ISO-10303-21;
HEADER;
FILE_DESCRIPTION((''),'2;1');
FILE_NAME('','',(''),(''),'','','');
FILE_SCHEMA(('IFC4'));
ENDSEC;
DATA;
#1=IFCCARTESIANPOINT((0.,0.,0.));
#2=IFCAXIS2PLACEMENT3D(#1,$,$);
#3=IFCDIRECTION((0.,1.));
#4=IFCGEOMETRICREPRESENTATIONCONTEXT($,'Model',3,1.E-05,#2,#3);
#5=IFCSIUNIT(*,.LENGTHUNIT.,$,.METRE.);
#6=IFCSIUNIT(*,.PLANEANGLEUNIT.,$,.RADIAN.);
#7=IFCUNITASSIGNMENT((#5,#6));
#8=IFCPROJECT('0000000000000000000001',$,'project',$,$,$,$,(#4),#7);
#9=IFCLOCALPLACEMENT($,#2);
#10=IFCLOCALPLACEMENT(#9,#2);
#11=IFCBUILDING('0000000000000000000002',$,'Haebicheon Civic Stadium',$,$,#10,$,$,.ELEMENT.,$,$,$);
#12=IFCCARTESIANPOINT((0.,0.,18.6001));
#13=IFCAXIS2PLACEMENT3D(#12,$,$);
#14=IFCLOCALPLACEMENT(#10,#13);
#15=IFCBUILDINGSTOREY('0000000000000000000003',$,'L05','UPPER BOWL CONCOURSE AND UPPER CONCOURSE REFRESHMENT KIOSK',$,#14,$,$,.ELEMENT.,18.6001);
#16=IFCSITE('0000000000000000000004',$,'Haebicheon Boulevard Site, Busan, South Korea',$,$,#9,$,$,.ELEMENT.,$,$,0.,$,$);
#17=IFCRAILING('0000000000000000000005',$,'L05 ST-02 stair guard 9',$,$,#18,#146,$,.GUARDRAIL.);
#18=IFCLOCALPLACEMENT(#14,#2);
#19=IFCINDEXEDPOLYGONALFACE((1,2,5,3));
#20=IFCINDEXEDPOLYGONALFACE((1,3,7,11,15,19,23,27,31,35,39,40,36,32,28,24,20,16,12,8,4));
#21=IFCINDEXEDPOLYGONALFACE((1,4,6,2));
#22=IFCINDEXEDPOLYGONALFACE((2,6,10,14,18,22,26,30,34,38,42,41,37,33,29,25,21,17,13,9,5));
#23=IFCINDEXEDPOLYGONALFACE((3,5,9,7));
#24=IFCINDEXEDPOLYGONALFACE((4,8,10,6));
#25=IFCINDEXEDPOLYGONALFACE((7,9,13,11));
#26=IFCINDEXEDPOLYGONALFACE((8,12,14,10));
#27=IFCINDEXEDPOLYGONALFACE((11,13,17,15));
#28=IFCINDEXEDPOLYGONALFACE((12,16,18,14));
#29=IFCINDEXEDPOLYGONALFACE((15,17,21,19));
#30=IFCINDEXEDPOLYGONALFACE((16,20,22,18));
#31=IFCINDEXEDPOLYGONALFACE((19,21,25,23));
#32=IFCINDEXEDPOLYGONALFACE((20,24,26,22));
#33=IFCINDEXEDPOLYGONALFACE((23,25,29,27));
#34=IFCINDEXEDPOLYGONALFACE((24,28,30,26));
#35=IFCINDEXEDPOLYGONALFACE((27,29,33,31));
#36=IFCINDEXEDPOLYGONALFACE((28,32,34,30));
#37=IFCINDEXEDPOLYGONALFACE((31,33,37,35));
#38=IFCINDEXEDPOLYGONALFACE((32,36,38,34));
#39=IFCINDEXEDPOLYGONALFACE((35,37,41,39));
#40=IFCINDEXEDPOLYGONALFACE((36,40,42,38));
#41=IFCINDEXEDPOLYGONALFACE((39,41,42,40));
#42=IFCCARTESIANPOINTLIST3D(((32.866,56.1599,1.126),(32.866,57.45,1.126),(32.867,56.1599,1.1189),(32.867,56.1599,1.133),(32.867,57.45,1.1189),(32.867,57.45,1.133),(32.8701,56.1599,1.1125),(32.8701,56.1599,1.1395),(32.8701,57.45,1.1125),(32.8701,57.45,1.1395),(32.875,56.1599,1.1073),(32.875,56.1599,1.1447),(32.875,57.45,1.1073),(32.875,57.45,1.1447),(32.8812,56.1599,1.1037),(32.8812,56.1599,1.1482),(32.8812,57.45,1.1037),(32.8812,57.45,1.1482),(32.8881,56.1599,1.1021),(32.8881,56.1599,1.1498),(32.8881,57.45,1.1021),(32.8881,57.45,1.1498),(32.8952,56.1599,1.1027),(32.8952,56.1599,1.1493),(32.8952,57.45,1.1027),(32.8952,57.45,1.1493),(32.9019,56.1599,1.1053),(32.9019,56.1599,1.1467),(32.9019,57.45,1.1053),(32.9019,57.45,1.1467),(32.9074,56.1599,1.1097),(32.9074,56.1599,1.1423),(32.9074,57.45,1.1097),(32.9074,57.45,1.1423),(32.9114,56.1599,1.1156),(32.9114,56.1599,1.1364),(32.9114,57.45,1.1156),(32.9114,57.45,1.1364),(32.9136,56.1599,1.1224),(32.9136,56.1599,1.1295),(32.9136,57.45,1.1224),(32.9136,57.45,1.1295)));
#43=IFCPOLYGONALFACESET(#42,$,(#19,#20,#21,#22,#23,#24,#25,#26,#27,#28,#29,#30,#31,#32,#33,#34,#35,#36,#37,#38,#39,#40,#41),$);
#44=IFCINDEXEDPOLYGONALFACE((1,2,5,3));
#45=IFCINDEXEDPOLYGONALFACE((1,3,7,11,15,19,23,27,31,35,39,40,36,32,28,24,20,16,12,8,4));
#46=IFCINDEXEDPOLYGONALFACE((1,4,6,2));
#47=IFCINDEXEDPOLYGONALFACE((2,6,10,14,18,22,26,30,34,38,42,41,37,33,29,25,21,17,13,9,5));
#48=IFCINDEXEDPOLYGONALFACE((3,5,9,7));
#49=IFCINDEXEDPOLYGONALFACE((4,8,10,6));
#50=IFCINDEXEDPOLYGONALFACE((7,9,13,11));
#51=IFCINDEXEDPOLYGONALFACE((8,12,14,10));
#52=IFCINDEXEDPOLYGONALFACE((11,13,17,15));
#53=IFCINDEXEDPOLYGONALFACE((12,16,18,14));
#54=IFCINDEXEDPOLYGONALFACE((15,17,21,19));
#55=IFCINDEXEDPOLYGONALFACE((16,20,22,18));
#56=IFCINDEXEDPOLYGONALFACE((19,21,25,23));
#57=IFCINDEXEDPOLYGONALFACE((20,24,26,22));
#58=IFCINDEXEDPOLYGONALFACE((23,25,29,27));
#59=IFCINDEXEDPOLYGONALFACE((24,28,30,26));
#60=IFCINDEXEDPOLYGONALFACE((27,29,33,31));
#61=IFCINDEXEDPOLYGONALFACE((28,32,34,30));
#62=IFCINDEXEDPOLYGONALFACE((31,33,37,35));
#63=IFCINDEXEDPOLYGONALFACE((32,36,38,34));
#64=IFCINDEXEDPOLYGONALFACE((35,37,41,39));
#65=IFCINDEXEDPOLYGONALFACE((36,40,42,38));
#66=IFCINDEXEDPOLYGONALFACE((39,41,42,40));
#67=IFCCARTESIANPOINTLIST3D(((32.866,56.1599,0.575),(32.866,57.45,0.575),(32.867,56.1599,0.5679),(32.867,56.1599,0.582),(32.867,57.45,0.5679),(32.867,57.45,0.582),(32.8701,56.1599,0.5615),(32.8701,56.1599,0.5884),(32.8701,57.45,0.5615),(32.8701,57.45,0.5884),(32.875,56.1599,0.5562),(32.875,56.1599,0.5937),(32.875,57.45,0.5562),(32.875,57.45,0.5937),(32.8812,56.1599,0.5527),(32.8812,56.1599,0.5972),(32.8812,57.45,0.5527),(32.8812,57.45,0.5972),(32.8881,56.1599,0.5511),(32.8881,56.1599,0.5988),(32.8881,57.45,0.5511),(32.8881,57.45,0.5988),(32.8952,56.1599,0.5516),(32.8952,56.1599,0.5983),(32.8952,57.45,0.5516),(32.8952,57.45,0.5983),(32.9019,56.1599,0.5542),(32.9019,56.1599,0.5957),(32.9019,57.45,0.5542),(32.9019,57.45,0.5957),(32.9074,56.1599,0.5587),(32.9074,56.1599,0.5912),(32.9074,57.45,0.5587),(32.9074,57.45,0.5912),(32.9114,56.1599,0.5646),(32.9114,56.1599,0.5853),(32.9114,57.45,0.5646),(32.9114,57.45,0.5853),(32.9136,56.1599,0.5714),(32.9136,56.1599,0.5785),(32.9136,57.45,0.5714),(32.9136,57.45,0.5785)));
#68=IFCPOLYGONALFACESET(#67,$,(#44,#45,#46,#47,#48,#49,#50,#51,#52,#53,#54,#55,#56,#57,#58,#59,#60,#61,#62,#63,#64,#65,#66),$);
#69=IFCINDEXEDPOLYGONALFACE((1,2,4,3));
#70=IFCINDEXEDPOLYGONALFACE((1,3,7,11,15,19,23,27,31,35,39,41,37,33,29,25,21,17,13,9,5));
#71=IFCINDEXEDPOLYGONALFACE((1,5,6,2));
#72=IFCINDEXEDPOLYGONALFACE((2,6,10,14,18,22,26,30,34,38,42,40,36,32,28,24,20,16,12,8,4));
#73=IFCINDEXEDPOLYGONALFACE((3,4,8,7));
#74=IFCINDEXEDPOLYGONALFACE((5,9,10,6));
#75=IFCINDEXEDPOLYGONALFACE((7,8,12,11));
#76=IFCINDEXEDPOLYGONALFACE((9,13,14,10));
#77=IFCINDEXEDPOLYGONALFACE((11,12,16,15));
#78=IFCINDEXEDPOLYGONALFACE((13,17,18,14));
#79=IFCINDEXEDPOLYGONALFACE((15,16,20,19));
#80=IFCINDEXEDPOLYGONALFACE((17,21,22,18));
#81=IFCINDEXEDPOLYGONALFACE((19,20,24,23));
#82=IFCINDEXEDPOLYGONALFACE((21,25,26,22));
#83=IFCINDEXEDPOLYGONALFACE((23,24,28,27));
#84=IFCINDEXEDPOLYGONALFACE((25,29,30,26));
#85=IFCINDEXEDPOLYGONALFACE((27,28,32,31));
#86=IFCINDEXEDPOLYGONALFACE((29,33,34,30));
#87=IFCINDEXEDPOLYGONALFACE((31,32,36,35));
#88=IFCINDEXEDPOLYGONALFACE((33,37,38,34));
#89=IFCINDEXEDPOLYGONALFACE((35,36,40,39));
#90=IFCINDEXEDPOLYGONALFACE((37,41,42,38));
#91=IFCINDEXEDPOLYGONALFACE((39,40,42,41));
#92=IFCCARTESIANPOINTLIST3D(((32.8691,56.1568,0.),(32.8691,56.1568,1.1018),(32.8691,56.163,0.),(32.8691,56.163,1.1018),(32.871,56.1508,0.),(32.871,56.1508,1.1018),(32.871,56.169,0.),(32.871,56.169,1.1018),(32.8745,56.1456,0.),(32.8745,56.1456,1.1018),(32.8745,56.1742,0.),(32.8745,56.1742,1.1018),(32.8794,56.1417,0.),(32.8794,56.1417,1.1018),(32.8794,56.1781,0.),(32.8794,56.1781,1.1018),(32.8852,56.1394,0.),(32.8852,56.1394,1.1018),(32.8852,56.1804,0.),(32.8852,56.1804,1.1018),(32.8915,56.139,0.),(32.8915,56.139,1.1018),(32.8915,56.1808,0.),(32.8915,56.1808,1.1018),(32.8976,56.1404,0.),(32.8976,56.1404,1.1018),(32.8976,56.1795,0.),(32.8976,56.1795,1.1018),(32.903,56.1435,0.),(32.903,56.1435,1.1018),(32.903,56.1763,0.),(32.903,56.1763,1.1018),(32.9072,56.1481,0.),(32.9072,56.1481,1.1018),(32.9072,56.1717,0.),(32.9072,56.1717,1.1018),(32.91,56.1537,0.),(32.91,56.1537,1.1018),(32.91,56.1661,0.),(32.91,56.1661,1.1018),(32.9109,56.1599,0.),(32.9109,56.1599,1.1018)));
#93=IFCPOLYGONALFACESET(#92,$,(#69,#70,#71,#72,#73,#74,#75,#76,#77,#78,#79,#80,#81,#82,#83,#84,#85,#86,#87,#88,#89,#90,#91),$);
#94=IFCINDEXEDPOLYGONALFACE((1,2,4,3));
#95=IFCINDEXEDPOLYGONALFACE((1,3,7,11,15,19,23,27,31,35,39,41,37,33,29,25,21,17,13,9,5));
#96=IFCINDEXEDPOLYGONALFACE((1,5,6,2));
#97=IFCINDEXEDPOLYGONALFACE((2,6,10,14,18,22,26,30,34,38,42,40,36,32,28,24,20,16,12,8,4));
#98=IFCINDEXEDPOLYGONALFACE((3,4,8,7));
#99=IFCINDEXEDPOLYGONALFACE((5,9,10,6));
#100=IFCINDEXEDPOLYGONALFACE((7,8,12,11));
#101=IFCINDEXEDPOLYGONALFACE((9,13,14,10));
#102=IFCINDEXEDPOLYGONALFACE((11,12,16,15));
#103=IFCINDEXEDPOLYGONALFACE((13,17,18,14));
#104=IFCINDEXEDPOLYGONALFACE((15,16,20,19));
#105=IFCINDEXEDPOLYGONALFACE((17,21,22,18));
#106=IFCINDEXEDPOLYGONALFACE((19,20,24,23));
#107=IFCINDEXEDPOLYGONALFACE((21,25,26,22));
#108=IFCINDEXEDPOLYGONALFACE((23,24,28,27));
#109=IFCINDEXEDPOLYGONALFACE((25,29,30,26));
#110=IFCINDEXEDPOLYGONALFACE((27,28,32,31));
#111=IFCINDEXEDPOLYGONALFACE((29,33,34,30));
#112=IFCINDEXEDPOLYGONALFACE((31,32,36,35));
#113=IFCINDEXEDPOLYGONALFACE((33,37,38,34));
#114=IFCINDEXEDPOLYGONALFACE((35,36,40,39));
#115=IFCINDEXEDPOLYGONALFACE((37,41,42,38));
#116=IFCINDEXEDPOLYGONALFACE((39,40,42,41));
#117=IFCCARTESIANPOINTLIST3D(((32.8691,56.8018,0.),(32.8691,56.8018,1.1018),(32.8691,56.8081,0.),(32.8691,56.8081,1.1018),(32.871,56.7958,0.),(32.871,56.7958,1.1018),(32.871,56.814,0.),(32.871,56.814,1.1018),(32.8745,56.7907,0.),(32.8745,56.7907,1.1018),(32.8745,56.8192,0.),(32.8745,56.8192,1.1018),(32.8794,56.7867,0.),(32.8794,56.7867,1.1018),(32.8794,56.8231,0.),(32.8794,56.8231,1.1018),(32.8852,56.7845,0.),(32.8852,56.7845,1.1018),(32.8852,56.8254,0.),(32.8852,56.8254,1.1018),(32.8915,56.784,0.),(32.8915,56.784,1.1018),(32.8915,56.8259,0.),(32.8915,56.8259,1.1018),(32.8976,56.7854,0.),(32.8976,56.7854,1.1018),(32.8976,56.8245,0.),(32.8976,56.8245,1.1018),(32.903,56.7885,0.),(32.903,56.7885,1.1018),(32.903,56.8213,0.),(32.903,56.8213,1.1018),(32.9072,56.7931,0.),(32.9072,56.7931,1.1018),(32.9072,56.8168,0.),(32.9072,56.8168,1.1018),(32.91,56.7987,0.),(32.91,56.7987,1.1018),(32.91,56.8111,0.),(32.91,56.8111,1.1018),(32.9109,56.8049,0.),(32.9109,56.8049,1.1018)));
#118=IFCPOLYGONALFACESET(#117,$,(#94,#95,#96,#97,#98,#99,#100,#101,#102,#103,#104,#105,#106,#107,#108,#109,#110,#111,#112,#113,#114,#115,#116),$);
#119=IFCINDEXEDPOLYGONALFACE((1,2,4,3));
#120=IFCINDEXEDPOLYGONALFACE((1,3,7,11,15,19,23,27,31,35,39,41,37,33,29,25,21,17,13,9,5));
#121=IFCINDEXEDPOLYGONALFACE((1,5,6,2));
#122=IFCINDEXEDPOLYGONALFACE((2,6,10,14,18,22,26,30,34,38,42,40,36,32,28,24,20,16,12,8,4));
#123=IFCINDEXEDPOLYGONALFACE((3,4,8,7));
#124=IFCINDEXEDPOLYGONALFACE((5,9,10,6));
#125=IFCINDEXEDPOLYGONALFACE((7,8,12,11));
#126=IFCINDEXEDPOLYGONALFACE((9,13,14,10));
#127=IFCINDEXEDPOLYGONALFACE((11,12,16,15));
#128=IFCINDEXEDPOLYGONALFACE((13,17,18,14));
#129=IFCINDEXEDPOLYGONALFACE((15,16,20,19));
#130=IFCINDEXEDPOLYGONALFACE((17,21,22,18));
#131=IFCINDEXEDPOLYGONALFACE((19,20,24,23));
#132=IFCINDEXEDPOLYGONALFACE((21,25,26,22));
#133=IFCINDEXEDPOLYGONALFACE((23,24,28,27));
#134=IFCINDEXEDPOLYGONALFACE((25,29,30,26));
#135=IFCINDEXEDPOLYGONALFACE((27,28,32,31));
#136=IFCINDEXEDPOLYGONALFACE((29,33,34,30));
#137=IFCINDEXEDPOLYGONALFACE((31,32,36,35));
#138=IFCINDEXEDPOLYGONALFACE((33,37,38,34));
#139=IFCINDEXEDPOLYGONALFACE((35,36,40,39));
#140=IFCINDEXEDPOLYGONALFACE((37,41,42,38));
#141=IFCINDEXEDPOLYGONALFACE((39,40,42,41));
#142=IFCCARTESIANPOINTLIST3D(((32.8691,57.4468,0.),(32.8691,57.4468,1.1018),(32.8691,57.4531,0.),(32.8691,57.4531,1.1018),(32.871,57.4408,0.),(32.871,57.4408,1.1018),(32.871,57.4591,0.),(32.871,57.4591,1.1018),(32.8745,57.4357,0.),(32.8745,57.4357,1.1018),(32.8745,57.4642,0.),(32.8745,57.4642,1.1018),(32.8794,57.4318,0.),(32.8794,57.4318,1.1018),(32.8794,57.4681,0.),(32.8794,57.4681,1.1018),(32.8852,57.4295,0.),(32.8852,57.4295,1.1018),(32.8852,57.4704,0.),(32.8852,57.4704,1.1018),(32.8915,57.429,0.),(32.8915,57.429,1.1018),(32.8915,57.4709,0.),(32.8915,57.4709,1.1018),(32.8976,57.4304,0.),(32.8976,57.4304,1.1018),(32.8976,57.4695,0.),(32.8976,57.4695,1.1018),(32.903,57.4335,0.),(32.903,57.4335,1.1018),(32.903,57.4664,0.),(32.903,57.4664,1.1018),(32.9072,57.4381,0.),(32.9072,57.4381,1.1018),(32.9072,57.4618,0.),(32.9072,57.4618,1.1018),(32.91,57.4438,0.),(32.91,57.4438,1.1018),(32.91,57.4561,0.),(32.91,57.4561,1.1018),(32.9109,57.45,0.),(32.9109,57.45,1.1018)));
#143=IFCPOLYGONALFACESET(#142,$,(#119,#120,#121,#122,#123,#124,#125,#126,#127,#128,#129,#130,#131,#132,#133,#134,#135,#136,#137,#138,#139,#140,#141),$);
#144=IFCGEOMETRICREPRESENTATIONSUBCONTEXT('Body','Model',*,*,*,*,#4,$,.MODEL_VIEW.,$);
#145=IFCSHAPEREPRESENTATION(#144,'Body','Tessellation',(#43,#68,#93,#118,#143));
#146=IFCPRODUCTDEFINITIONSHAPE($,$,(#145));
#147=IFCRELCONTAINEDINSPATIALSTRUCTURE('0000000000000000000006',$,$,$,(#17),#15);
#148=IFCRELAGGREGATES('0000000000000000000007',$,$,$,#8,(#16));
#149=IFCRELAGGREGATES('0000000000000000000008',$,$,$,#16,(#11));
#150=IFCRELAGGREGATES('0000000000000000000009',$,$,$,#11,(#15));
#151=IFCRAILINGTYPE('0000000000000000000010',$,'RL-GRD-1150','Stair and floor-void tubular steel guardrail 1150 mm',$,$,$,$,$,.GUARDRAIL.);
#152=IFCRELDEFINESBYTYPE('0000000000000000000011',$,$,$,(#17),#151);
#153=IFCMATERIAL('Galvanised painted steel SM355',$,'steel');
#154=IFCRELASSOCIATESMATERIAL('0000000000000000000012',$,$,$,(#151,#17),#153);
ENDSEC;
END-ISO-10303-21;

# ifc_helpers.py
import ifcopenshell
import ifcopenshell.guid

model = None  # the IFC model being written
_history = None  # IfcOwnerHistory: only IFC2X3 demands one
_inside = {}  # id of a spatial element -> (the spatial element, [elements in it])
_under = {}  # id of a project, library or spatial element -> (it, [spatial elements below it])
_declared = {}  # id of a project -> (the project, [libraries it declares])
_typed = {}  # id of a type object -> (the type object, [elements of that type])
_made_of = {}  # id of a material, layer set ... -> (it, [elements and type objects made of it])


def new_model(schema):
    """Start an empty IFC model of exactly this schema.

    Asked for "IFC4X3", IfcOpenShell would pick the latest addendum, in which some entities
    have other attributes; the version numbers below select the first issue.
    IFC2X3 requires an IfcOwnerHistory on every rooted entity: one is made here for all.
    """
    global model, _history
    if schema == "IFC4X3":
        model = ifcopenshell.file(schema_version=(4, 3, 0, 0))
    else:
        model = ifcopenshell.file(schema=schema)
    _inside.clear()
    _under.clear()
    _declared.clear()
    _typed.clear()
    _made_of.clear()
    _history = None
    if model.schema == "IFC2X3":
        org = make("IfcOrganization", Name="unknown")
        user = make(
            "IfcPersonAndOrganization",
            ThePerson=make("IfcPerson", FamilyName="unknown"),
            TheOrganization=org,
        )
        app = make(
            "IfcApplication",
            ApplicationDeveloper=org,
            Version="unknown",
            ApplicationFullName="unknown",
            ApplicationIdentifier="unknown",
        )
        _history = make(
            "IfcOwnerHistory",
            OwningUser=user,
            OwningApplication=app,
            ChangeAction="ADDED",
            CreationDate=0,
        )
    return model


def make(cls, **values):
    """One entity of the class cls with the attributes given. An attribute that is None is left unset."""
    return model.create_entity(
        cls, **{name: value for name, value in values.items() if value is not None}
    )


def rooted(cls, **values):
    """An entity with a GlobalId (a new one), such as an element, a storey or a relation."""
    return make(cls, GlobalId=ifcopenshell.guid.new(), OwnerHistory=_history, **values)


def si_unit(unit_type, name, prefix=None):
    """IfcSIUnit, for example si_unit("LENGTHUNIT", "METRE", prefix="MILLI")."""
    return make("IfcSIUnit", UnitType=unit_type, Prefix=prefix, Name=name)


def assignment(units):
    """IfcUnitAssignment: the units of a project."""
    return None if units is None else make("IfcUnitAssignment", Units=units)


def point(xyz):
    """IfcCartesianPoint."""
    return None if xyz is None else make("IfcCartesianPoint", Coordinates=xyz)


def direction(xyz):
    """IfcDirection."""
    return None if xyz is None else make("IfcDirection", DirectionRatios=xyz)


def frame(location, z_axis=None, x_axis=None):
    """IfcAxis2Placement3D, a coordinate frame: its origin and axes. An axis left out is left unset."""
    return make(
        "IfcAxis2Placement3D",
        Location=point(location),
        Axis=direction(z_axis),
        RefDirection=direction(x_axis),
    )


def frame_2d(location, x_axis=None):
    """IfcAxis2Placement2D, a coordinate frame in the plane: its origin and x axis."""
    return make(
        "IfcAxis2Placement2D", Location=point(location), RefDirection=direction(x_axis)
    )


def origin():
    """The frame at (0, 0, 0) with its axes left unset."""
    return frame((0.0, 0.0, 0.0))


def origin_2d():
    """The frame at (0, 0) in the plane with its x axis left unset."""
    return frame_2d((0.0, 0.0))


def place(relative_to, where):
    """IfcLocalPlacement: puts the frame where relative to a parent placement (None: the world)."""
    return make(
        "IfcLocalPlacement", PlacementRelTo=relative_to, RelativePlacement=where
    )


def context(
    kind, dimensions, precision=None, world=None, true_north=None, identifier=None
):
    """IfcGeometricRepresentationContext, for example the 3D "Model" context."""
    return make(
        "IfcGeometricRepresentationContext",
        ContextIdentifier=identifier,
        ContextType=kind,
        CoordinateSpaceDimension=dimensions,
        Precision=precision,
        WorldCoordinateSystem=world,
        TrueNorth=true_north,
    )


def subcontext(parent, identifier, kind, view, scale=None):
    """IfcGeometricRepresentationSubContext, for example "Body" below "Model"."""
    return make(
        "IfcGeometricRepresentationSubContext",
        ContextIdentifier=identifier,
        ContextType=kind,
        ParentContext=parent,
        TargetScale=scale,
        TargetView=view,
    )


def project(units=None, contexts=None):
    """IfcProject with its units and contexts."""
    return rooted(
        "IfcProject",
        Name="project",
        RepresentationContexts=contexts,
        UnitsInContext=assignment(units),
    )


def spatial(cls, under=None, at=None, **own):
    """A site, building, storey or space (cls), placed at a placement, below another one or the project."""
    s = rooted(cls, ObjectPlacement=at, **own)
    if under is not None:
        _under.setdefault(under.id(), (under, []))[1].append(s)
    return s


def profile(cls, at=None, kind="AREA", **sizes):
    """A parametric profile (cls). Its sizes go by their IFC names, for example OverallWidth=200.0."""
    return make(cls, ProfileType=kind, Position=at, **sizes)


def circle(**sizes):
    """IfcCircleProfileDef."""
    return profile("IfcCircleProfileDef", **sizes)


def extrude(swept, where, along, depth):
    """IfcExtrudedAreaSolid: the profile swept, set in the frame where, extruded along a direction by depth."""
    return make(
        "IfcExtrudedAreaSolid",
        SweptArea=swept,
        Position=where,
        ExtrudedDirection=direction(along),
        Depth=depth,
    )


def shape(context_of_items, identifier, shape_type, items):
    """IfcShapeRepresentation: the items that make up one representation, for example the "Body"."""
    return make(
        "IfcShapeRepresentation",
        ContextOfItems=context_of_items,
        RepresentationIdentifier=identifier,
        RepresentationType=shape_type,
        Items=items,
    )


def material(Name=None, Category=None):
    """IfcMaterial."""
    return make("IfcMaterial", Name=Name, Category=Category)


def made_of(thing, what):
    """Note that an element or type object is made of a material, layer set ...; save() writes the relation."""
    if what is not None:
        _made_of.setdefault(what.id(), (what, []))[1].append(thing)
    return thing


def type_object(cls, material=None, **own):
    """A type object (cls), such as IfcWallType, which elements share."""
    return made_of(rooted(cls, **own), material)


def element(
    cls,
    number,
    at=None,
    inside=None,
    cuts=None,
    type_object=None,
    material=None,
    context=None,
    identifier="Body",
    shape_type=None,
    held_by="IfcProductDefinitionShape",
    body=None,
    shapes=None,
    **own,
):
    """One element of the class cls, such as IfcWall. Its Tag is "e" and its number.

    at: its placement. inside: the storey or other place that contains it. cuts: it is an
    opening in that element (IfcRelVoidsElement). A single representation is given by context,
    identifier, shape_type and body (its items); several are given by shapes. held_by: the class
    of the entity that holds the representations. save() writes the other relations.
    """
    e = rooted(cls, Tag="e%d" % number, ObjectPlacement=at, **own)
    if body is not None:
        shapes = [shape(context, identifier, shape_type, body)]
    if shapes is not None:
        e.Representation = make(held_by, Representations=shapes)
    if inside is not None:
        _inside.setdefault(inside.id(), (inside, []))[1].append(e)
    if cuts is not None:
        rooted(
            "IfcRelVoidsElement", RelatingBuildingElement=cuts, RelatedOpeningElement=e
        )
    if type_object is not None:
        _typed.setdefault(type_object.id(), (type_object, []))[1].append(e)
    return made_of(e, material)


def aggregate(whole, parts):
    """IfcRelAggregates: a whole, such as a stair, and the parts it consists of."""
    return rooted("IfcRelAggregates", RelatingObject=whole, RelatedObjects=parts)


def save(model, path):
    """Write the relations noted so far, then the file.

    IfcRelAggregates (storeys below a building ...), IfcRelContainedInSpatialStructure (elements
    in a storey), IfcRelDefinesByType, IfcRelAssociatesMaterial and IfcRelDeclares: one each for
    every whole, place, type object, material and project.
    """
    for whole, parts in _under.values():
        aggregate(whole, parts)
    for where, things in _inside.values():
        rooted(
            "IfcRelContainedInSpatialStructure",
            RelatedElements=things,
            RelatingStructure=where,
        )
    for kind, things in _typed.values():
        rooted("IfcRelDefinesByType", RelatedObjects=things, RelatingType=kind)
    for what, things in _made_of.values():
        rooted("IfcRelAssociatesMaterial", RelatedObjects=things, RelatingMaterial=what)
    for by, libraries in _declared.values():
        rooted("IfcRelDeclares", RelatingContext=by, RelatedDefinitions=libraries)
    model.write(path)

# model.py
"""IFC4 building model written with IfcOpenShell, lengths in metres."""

from ifc_helpers import new_model, si_unit, direction, frame, origin, origin_2d, place, context, subcontext, project, spatial, circle, extrude, material, type_object, element, save


model = new_model("IFC4")

# Units and contexts
model_context = context("Model", 3, precision=1e-05, world=origin(), true_north=direction((0.0, 1.0)))
body_context = subcontext(model_context, "Body", "Model", "MODEL_VIEW")
ifc_project = project(units=[si_unit("LENGTHUNIT", "METRE"), si_unit("PLANEANGLEUNIT", "RADIAN")], contexts=[model_context])

# Site, building, storey
site_placement = place(None, origin())
site = spatial("IfcSite", under=ifc_project, at=site_placement, Name="Haebicheon Boulevard Site, Busan, South Korea", CompositionType="ELEMENT", RefElevation=0.0)
building_placement = place(site_placement, origin())
building = spatial("IfcBuilding", under=site, at=building_placement, Name="Haebicheon Civic Stadium", CompositionType="ELEMENT")
storey_placement = place(building_placement, frame((0.0, 0.0, 18.6001)))
storey = spatial("IfcBuildingStorey", under=building, at=storey_placement, Name="L05", Description="UPPER BOWL CONCOURSE AND UPPER CONCOURSE REFRESHMENT KIOSK", CompositionType="ELEMENT", Elevation=18.6001)

# Railing
ifc_material_1 = material(Name="Galvanised painted steel SM355", Category="steel")
railing_type = type_object("IfcRailingType", Name="RL-GRD-1150", Description="Stair and floor-void tubular steel guardrail 1150 mm", PredefinedType="GUARDRAIL", material=ifc_material_1)
for number, where, name in (
    (1, (32.8899, 56.1599, 0.0), "L05 ST-02 stair guard 9"),
):
    element("IfcRailing", number, at=place(storey_placement, frame(where)), inside=storey, type_object=railing_type, material=ifc_material_1, Name=name, PredefinedType="GUARDRAIL", context=body_context, shape_type="SweptSolid", body=[
        extrude(circle(Radius=0.0239, at=origin_2d()), frame((0.0, 0.0, 1.126), z_axis=(0.0, 1.0, 0.0), x_axis=(-1.0, 0.0, 0.0)), (0.0, 0.0, 1.0), 1.29),
        extrude(circle(Radius=0.0239, at=origin_2d()), frame((0.0, 0.0, 0.575), z_axis=(0.0, 1.0, 0.0), x_axis=(-1.0, 0.0, 0.0)), (0.0, 0.0, 1.0), 1.29),
        extrude(circle(Radius=0.021, at=origin_2d()), origin(), (0.0, 0.0, 1.0), 1.1018),
        extrude(circle(Radius=0.021, at=origin_2d()), frame((0.0, 0.645, 0.0)), (0.0, 0.0, 1.0), 1.1018),
        extrude(circle(Radius=0.021, at=origin_2d()), frame((0.0, 1.29, 0.0)), (0.0, 0.0, 1.0), 1.1018),
    ])

save(model, "model.ifc")
